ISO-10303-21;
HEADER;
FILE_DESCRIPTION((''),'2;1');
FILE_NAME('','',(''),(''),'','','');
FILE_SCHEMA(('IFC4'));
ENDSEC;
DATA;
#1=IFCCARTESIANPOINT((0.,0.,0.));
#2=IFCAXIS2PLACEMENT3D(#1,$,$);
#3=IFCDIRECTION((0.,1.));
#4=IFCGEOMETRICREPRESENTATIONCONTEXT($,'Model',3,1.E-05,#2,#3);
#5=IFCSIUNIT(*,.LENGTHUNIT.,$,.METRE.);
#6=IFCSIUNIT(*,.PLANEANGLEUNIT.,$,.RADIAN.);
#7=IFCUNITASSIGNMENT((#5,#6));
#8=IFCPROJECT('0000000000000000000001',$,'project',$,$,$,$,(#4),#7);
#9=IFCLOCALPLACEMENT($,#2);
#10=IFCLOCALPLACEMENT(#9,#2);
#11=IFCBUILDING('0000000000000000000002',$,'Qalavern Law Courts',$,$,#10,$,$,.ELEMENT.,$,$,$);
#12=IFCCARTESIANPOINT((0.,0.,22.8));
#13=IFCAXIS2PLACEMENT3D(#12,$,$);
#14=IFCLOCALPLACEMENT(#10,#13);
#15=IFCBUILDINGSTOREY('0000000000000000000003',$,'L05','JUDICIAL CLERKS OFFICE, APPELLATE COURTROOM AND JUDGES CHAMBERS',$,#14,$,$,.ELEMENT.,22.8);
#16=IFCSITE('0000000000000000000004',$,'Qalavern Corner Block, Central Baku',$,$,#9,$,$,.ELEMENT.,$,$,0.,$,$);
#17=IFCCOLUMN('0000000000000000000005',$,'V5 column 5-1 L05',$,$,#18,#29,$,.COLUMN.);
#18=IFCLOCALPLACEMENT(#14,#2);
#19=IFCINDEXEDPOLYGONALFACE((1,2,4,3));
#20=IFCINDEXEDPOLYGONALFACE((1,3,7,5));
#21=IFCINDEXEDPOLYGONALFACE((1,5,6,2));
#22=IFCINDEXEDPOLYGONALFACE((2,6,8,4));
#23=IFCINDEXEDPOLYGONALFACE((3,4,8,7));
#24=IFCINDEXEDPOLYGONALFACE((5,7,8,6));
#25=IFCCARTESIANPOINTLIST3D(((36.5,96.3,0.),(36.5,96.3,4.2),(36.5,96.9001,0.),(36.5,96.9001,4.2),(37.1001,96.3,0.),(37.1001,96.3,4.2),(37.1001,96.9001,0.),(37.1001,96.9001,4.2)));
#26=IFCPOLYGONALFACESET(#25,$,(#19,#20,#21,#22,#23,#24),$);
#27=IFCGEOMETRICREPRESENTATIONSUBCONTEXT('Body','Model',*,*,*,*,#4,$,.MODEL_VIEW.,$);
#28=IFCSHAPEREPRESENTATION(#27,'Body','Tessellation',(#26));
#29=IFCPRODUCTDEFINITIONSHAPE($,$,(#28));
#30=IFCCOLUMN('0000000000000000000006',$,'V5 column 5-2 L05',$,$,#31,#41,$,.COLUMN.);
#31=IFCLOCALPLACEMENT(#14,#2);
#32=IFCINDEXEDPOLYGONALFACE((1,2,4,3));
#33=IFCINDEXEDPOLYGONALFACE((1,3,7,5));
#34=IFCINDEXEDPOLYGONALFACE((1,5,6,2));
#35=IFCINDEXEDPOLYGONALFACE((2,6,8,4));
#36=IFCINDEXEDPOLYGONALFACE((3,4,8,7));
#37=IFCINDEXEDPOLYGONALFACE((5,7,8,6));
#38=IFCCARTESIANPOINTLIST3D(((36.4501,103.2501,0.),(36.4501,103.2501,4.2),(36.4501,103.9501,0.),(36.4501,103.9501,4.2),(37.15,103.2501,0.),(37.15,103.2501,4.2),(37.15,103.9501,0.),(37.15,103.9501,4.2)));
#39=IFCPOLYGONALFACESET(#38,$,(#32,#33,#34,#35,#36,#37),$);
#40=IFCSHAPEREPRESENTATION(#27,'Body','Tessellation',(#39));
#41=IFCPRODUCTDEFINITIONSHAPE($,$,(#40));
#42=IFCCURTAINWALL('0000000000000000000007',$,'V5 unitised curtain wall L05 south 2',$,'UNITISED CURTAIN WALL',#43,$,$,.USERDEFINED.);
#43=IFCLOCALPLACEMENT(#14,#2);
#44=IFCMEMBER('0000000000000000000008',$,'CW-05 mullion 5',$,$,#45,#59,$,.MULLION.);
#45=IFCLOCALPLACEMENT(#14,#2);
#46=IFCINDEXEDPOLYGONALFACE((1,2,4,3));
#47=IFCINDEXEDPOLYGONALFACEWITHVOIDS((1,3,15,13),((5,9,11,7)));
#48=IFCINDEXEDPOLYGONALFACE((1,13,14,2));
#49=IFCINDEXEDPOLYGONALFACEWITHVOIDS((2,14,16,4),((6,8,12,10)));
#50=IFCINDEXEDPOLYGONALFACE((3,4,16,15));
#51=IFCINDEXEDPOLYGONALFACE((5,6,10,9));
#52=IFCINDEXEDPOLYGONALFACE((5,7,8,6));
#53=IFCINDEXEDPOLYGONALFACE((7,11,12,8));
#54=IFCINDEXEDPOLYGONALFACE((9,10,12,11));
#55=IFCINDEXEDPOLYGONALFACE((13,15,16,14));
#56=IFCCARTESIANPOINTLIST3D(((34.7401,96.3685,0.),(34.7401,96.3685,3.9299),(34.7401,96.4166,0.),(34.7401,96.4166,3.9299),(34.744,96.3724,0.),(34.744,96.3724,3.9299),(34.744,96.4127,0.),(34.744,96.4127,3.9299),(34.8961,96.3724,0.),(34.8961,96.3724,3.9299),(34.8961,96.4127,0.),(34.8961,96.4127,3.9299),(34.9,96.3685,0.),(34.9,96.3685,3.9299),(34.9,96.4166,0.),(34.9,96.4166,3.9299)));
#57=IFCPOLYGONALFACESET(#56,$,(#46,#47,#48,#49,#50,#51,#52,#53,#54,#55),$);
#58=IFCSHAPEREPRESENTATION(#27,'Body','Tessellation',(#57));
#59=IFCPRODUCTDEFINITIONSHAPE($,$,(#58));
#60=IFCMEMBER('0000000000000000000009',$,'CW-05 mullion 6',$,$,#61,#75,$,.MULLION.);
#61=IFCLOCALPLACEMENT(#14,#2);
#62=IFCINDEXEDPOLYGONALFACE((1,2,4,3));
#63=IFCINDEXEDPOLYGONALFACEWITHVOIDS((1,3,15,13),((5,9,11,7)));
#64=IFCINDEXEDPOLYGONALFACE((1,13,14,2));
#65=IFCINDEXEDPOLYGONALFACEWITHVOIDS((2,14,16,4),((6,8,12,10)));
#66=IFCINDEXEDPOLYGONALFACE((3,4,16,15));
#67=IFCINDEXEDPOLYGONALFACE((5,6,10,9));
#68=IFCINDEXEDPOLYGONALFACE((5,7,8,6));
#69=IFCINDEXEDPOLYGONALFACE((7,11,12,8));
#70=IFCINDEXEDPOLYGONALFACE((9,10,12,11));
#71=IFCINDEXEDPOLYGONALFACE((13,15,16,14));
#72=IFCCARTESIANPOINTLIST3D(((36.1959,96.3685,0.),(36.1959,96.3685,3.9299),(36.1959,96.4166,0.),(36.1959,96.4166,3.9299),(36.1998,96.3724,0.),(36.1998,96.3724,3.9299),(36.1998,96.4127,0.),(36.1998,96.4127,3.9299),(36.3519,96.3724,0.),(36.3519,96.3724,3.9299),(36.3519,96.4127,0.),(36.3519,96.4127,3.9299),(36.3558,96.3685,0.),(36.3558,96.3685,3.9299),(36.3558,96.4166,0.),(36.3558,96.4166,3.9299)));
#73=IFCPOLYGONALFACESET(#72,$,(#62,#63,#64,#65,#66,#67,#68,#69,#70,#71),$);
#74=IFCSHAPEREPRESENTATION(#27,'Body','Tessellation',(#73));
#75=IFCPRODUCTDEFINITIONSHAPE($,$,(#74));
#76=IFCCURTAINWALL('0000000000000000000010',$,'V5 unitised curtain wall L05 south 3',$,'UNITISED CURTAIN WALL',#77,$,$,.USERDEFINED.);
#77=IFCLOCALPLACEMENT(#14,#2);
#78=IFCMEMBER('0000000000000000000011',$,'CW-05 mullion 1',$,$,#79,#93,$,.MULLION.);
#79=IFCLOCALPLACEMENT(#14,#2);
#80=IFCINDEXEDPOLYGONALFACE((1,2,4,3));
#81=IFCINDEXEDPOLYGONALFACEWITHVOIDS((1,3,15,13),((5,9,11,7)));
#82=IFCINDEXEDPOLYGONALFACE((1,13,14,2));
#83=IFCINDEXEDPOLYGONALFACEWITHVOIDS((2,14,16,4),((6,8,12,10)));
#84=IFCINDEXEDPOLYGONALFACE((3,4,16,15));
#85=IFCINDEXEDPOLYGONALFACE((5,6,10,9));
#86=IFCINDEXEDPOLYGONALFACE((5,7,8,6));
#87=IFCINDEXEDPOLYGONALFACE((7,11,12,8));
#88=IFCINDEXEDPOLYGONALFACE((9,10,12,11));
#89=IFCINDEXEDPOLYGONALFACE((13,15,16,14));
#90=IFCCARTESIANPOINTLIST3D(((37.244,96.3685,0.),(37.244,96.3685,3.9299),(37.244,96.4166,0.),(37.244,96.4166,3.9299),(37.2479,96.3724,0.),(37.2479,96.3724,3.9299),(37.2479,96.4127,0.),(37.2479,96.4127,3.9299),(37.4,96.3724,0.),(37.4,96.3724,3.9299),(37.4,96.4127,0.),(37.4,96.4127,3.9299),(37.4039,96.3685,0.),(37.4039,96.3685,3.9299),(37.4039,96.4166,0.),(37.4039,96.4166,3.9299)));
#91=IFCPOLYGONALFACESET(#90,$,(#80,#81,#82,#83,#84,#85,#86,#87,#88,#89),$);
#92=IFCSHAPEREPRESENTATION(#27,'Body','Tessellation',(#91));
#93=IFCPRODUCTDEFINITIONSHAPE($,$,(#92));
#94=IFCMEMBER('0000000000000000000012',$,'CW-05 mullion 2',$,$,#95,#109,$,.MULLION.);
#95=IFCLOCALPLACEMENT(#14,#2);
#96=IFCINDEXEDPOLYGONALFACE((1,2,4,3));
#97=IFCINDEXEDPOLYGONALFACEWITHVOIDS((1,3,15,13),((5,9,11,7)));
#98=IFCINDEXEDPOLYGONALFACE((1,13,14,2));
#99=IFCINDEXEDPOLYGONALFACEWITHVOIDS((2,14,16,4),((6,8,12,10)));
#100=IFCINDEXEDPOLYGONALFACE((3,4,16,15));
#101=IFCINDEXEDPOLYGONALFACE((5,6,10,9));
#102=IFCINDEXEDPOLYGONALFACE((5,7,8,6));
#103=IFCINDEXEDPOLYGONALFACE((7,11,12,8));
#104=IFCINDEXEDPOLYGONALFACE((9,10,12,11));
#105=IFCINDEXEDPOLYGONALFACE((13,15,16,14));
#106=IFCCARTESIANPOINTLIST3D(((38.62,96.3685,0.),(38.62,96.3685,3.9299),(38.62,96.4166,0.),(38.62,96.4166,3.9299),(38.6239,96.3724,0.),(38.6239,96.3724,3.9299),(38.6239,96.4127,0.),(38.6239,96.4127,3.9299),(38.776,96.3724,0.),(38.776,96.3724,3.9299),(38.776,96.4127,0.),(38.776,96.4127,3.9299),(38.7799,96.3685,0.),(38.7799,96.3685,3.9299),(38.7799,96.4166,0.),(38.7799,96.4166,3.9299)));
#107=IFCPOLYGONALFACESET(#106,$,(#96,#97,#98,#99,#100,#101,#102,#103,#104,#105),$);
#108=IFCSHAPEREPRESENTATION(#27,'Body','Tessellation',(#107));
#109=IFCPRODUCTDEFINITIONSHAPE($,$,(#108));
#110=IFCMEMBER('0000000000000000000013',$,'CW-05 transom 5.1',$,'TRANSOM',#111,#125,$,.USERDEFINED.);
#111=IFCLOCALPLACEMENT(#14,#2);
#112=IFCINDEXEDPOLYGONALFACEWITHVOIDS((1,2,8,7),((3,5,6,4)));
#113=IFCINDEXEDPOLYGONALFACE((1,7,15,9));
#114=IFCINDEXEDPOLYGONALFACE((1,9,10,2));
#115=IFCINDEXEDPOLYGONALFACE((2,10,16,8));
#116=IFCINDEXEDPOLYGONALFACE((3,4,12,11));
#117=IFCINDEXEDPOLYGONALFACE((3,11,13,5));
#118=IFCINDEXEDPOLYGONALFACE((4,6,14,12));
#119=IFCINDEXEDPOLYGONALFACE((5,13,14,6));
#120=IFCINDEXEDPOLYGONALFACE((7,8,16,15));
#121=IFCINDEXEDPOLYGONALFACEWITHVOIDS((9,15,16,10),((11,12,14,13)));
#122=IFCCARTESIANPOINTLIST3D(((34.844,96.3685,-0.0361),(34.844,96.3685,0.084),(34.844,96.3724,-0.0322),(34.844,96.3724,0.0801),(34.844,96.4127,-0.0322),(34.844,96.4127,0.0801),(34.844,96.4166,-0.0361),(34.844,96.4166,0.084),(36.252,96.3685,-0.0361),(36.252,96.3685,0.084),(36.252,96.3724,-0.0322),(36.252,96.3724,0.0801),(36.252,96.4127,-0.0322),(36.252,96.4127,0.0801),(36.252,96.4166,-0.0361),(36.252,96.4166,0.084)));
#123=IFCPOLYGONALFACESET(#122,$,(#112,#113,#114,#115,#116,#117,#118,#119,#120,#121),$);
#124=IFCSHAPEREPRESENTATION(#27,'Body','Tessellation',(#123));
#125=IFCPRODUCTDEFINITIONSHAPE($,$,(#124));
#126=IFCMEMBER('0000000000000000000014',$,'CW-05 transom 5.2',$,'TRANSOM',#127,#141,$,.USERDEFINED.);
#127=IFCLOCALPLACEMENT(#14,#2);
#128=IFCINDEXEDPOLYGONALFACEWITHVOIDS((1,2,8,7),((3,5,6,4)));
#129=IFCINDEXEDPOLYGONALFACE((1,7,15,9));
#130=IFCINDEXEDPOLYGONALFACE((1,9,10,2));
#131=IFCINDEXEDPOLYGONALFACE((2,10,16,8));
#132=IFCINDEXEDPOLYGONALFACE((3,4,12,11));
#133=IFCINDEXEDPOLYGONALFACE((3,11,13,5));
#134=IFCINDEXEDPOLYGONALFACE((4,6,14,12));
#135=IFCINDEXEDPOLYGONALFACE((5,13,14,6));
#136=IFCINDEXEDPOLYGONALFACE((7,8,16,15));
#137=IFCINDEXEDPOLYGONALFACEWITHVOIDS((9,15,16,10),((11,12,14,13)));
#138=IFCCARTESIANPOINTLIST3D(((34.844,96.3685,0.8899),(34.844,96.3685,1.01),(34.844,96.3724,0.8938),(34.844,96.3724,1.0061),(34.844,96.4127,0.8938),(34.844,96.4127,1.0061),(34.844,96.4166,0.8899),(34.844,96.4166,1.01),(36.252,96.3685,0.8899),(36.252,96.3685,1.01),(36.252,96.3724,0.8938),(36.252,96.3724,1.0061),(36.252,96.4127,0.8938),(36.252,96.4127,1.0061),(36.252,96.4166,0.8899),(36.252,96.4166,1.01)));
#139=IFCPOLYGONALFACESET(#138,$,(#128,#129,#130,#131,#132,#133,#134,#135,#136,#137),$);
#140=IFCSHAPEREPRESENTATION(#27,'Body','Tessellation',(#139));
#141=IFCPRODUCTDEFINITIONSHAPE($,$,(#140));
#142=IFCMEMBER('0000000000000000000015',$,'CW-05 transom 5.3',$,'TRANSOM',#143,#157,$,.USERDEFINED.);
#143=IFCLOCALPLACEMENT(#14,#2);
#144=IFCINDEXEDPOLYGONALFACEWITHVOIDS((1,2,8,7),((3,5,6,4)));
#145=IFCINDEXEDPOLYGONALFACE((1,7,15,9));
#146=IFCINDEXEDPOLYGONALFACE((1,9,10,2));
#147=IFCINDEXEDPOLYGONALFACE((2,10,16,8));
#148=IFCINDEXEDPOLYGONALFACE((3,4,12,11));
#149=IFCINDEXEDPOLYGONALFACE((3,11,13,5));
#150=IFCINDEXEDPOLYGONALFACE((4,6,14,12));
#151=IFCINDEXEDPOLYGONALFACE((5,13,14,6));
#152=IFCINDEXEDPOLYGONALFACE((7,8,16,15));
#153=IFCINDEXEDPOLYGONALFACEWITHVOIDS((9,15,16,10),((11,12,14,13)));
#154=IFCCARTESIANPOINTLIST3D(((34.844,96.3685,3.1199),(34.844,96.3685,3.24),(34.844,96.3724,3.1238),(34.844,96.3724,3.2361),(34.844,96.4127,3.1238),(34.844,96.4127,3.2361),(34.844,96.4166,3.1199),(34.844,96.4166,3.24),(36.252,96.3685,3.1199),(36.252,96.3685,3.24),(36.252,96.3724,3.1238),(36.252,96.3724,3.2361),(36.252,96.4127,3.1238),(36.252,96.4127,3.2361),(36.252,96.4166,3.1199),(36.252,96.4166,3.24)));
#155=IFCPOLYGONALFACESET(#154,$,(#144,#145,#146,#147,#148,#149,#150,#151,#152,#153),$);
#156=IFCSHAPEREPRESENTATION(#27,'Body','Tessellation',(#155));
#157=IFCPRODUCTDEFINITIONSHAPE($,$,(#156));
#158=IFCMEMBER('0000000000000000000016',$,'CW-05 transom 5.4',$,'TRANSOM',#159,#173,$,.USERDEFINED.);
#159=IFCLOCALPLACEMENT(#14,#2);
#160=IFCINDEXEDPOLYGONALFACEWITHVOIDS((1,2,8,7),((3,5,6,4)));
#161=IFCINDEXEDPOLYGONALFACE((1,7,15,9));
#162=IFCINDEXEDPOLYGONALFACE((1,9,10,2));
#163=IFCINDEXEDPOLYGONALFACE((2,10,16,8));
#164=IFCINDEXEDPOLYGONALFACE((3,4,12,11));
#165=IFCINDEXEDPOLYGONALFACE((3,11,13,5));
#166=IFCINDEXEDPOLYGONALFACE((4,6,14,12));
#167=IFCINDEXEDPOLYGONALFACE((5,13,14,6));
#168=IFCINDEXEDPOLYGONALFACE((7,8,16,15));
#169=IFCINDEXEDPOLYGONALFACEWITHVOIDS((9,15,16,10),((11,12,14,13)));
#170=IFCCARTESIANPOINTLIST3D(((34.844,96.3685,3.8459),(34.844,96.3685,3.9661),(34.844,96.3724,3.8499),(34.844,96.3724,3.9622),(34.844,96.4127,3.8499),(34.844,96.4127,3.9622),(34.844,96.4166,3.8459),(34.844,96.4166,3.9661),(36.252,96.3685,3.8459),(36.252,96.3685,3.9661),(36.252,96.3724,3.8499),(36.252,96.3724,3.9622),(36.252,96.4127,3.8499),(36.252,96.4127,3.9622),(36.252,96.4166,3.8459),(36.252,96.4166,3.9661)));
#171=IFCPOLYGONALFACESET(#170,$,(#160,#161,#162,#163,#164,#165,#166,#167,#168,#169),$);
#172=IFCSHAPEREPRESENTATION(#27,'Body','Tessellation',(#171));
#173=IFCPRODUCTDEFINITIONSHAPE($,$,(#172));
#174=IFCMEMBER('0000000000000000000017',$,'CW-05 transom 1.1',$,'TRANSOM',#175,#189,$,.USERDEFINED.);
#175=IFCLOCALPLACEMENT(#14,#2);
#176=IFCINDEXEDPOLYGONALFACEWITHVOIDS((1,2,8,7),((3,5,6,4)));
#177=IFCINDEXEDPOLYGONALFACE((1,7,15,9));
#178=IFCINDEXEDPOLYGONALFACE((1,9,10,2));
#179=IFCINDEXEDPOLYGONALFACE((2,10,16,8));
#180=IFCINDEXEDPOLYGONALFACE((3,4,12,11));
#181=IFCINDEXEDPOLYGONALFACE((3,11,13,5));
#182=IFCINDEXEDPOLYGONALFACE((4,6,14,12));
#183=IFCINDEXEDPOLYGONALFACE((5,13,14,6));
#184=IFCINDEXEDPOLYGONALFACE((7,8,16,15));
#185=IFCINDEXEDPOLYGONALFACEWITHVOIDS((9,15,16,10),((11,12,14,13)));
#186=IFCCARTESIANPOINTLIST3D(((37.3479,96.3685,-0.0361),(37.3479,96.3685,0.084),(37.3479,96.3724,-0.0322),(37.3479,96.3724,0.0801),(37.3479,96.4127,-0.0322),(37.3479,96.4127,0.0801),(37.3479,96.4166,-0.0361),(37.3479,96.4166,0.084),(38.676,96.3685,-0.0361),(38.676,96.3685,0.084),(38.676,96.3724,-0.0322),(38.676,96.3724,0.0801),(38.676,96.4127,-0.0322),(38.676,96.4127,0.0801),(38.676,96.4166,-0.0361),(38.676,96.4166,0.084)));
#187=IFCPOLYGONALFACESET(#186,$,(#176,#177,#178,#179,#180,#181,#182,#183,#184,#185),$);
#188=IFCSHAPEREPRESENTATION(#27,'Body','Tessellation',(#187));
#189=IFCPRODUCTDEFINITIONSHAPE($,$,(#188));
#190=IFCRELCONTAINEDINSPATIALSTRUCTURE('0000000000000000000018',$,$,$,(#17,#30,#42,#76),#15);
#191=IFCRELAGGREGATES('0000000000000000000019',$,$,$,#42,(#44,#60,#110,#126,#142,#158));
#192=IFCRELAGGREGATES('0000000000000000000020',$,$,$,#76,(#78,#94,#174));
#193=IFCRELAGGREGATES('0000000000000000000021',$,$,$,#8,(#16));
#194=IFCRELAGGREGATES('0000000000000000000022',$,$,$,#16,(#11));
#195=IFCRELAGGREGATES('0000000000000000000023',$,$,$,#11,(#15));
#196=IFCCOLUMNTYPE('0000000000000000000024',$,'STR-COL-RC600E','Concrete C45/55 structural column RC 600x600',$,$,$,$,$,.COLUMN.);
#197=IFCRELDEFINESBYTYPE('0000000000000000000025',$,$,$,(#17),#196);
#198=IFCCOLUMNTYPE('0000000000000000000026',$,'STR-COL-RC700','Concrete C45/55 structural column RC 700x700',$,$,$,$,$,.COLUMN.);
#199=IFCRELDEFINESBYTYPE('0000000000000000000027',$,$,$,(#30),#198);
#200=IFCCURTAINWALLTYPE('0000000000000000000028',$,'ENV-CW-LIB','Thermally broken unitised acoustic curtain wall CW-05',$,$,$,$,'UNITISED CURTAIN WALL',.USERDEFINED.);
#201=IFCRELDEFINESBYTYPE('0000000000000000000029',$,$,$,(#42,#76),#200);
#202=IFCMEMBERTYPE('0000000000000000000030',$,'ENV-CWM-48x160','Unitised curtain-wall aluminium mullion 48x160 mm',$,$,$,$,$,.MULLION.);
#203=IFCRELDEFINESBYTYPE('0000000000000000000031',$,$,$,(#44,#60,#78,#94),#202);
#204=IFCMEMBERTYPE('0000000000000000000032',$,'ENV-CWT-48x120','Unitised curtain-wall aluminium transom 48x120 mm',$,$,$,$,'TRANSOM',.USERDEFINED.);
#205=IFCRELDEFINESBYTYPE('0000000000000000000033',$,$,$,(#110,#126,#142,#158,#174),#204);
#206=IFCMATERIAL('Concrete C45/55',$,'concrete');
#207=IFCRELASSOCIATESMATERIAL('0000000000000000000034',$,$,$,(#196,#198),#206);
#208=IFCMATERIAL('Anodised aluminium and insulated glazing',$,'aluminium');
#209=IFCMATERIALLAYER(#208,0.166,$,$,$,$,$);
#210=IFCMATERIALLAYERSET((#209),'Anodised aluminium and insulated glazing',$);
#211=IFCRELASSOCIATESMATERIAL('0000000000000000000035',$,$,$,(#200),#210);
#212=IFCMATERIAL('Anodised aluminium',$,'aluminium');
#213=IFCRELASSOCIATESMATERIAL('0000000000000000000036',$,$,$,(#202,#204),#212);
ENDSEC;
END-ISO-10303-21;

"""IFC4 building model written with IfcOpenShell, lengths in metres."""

from ifc_helpers import new_model, si_unit, direction, frame, origin, origin_2d, place, context, subcontext, project, spatial, rectangle, hollow_rectangle, extrude, material, layer, layer_set, material_profile, profile_set, type_object, element, aggregate, save


model = new_model("IFC4")

# Units and contexts
model_context = context("Model", 3, precision=1e-05, world=origin(), true_north=direction((0.0, 1.0)))
body_context = subcontext(model_context, "Body", "Model", "MODEL_VIEW")
ifc_project = project(units=[si_unit("LENGTHUNIT", "METRE"), si_unit("PLANEANGLEUNIT", "RADIAN")], contexts=[model_context])

# Site, building, storey
site_placement = place(None, origin())
site = spatial("IfcSite", under=ifc_project, at=site_placement, Name="Qalavern Corner Block, Central Baku", CompositionType="ELEMENT", RefElevation=0.0)
building_placement = place(site_placement, origin())
building = spatial("IfcBuilding", under=site, at=building_placement, Name="Qalavern Law Courts", CompositionType="ELEMENT")
storey_placement = place(building_placement, frame((0.0, 0.0, 22.8)))
storey = spatial("IfcBuildingStorey", under=building, at=storey_placement, Name="L05", Description="JUDICIAL CLERKS OFFICE, APPELLATE COURTROOM AND JUDGES CHAMBERS", CompositionType="ELEMENT", Elevation=22.8)

# Columns
ifc_material_1 = material(Name="Concrete C45/55", Category="concrete")
ifc_material_profile_1 = material_profile(ifc_material_1, rectangle(XDim=0.6001, YDim=0.6001, at=origin_2d()), Name="RC 600x600")
ifc_profile_set_1 = profile_set([ifc_material_profile_1], Name="Concrete C45/55")
column_type_1 = type_object("IfcColumnType", Name="STR-COL-RC600E", Description="Concrete C45/55 structural column RC 600x600", PredefinedType="COLUMN", material=ifc_profile_set_1)
column_1_placement = place(storey_placement, frame((36.8, 96.6001, 0.0), z_axis=(0.0, 0.0, 1.0), x_axis=(1.0, 0.0, 0.0)))
element("IfcColumn", 1, at=column_1_placement, inside=storey, type_object=column_type_1, Name="V5 column 5-1 L05", PredefinedType="COLUMN", context=body_context, shape_type="SweptSolid", body=[
    extrude(rectangle(XDim=0.6001, YDim=0.6001, at=origin_2d()), origin(), (0.0, 0.0, 1.0), 4.2),
])
ifc_material_profile_2 = material_profile(ifc_material_1, rectangle(XDim=0.7, YDim=0.7, at=origin_2d()), Name="RC 700x700")
ifc_profile_set_2 = profile_set([ifc_material_profile_2], Name="Concrete C45/55")
column_type_2 = type_object("IfcColumnType", Name="STR-COL-RC700", Description="Concrete C45/55 structural column RC 700x700", PredefinedType="COLUMN", material=ifc_profile_set_2)
column_2_placement = place(storey_placement, frame((36.8, 103.6001, 0.0), z_axis=(0.0, 0.0, 1.0), x_axis=(1.0, 0.0, 0.0)))
element("IfcColumn", 2, at=column_2_placement, inside=storey, type_object=column_type_2, Name="V5 column 5-2 L05", PredefinedType="COLUMN", context=body_context, shape_type="SweptSolid", body=[
    extrude(rectangle(XDim=0.7, YDim=0.7, at=origin_2d()), origin(), (0.0, 0.0, 1.0), 4.2),
])

# Curtain walls, members
ifc_material_2 = material(Name="Anodised aluminium and insulated glazing", Category="aluminium")
ifc_layer_1 = layer(ifc_material_2, 0.166)
ifc_layer_set_1 = layer_set([ifc_layer_1], Name="Anodised aluminium and insulated glazing")
curtain_wall_type = type_object("IfcCurtainWallType", Name="ENV-CW-LIB", Description="Thermally broken unitised acoustic curtain wall CW-05", ElementType="UNITISED CURTAIN WALL", PredefinedType="USERDEFINED", material=ifc_layer_set_1)
curtain_wall_1_placement = place(storey_placement, origin())
curtain_wall_1 = element("IfcCurtainWall", 3, at=curtain_wall_1_placement, inside=storey, type_object=curtain_wall_type, Name="V5 unitised curtain wall L05 south 2", ObjectType="UNITISED CURTAIN WALL", PredefinedType="USERDEFINED")
ifc_material_3 = material(Name="Anodised aluminium", Category="aluminium")
ifc_material_profile_3 = material_profile(ifc_material_3, hollow_rectangle(XDim=0.0481, YDim=0.1599, WallThickness=0.0039, at=origin_2d()), Name="ALU MULLION 48x160")
ifc_profile_set_3 = profile_set([ifc_material_profile_3], Name="Anodised aluminium")
member_type_1 = type_object("IfcMemberType", Name="ENV-CWM-48x160", Description="Unitised curtain-wall aluminium mullion 48x160 mm", PredefinedType="MULLION", material=ifc_profile_set_3)
member_1_placement = place(storey_placement, frame((34.8201, 96.3926, 0.0), z_axis=(0.0, 0.0, 1.0), x_axis=(0.0, 1.0, 0.0)))
member_1 = element("IfcMember", 4, at=member_1_placement, type_object=member_type_1, Name="CW-05 mullion 5", PredefinedType="MULLION", context=body_context, shape_type="SweptSolid", body=[
    extrude(hollow_rectangle(XDim=0.0481, YDim=0.1599, WallThickness=0.0039, at=origin_2d()), origin(), (0.0, 0.0, 1.0), 3.9299),
])
member_2_placement = place(storey_placement, frame((36.2759, 96.3926, 0.0), z_axis=(0.0, 0.0, 1.0), x_axis=(0.0, 1.0, 0.0)))
member_2 = element("IfcMember", 5, at=member_2_placement, type_object=member_type_1, Name="CW-05 mullion 6", PredefinedType="MULLION", context=body_context, shape_type="SweptSolid", body=[
    extrude(hollow_rectangle(XDim=0.0481, YDim=0.1599, WallThickness=0.0039, at=origin_2d()), origin(), (0.0, 0.0, 1.0), 3.9299),
])
curtain_wall_2_placement = place(storey_placement, origin())
curtain_wall_2 = element("IfcCurtainWall", 6, at=curtain_wall_2_placement, inside=storey, type_object=curtain_wall_type, Name="V5 unitised curtain wall L05 south 3", ObjectType="UNITISED CURTAIN WALL", PredefinedType="USERDEFINED")
member_3_placement = place(storey_placement, frame((37.324, 96.3926, 0.0), z_axis=(0.0, 0.0, 1.0), x_axis=(0.0, 1.0, 0.0)))
member_3 = element("IfcMember", 7, at=member_3_placement, type_object=member_type_1, Name="CW-05 mullion 1", PredefinedType="MULLION", context=body_context, shape_type="SweptSolid", body=[
    extrude(hollow_rectangle(XDim=0.0481, YDim=0.1599, WallThickness=0.0039, at=origin_2d()), origin(), (0.0, 0.0, 1.0), 3.9299),
])
member_4_placement = place(storey_placement, frame((38.7, 96.3926, 0.0), z_axis=(0.0, 0.0, 1.0), x_axis=(0.0, 1.0, 0.0)))
member_4 = element("IfcMember", 8, at=member_4_placement, type_object=member_type_1, Name="CW-05 mullion 2", PredefinedType="MULLION", context=body_context, shape_type="SweptSolid", body=[
    extrude(hollow_rectangle(XDim=0.0481, YDim=0.1599, WallThickness=0.0039, at=origin_2d()), origin(), (0.0, 0.0, 1.0), 3.9299),
])

# Members
ifc_material_profile_4 = material_profile(ifc_material_3, hollow_rectangle(XDim=0.0481, YDim=0.1201, WallThickness=0.0039, at=origin_2d()), Name="ALU TRANSOM 48x120")
ifc_profile_set_4 = profile_set([ifc_material_profile_4], Name="Anodised aluminium")
member_type_2 = type_object("IfcMemberType", Name="ENV-CWT-48x120", Description="Unitised curtain-wall aluminium transom 48x120 mm", ElementType="TRANSOM", PredefinedType="USERDEFINED", material=ifc_profile_set_4)
member_5_placement = place(storey_placement, frame((34.844, 96.3926, 0.0239), z_axis=(1.0, 0.0, 0.0), x_axis=(0.0, 1.0, 0.0)))
member_5 = element("IfcMember", 9, at=member_5_placement, type_object=member_type_2, Name="CW-05 transom 5.1", ObjectType="TRANSOM", PredefinedType="USERDEFINED", context=body_context, shape_type="SweptSolid", body=[
    extrude(hollow_rectangle(XDim=0.0481, YDim=0.1201, WallThickness=0.0039, at=origin_2d()), origin(), (0.0, 0.0, 1.0), 1.408),
])
member_6_placement = place(storey_placement, frame((34.844, 96.3926, 0.95), z_axis=(1.0, 0.0, 0.0), x_axis=(0.0, 1.0, 0.0)))
member_6 = element("IfcMember", 10, at=member_6_placement, type_object=member_type_2, Name="CW-05 transom 5.2", ObjectType="TRANSOM", PredefinedType="USERDEFINED", context=body_context, shape_type="SweptSolid", body=[
    extrude(hollow_rectangle(XDim=0.0481, YDim=0.1201, WallThickness=0.0039, at=origin_2d()), origin(), (0.0, 0.0, 1.0), 1.408),
])
member_7_placement = place(storey_placement, frame((34.844, 96.3926, 3.1799), z_axis=(1.0, 0.0, 0.0), x_axis=(0.0, 1.0, 0.0)))
member_7 = element("IfcMember", 11, at=member_7_placement, type_object=member_type_2, Name="CW-05 transom 5.3", ObjectType="TRANSOM", PredefinedType="USERDEFINED", context=body_context, shape_type="SweptSolid", body=[
    extrude(hollow_rectangle(XDim=0.0481, YDim=0.1201, WallThickness=0.0039, at=origin_2d()), origin(), (0.0, 0.0, 1.0), 1.408),
])
member_8_placement = place(storey_placement, frame((34.844, 96.3926, 3.906), z_axis=(1.0, 0.0, 0.0), x_axis=(0.0, 1.0, 0.0)))
member_8 = element("IfcMember", 12, at=member_8_placement, type_object=member_type_2, Name="CW-05 transom 5.4", ObjectType="TRANSOM", PredefinedType="USERDEFINED", context=body_context, shape_type="SweptSolid", body=[
    extrude(hollow_rectangle(XDim=0.0481, YDim=0.1201, WallThickness=0.0039, at=origin_2d()), origin(), (0.0, 0.0, 1.0), 1.408),
])
member_9_placement = place(storey_placement, frame((37.3479, 96.3926, 0.0239), z_axis=(1.0, 0.0, 0.0), x_axis=(0.0, 1.0, 0.0)))
member_9 = element("IfcMember", 13, at=member_9_placement, type_object=member_type_2, Name="CW-05 transom 1.1", ObjectType="TRANSOM", PredefinedType="USERDEFINED", context=body_context, shape_type="SweptSolid", body=[
    extrude(hollow_rectangle(XDim=0.0481, YDim=0.1201, WallThickness=0.0039, at=origin_2d()), origin(), (0.0, 0.0, 1.0), 1.3281),
])

aggregate(curtain_wall_1, [member_1, member_2, member_5, member_6, member_7, member_8])
aggregate(curtain_wall_2, [member_3, member_4, member_9])

save(model, "model.ifc")
